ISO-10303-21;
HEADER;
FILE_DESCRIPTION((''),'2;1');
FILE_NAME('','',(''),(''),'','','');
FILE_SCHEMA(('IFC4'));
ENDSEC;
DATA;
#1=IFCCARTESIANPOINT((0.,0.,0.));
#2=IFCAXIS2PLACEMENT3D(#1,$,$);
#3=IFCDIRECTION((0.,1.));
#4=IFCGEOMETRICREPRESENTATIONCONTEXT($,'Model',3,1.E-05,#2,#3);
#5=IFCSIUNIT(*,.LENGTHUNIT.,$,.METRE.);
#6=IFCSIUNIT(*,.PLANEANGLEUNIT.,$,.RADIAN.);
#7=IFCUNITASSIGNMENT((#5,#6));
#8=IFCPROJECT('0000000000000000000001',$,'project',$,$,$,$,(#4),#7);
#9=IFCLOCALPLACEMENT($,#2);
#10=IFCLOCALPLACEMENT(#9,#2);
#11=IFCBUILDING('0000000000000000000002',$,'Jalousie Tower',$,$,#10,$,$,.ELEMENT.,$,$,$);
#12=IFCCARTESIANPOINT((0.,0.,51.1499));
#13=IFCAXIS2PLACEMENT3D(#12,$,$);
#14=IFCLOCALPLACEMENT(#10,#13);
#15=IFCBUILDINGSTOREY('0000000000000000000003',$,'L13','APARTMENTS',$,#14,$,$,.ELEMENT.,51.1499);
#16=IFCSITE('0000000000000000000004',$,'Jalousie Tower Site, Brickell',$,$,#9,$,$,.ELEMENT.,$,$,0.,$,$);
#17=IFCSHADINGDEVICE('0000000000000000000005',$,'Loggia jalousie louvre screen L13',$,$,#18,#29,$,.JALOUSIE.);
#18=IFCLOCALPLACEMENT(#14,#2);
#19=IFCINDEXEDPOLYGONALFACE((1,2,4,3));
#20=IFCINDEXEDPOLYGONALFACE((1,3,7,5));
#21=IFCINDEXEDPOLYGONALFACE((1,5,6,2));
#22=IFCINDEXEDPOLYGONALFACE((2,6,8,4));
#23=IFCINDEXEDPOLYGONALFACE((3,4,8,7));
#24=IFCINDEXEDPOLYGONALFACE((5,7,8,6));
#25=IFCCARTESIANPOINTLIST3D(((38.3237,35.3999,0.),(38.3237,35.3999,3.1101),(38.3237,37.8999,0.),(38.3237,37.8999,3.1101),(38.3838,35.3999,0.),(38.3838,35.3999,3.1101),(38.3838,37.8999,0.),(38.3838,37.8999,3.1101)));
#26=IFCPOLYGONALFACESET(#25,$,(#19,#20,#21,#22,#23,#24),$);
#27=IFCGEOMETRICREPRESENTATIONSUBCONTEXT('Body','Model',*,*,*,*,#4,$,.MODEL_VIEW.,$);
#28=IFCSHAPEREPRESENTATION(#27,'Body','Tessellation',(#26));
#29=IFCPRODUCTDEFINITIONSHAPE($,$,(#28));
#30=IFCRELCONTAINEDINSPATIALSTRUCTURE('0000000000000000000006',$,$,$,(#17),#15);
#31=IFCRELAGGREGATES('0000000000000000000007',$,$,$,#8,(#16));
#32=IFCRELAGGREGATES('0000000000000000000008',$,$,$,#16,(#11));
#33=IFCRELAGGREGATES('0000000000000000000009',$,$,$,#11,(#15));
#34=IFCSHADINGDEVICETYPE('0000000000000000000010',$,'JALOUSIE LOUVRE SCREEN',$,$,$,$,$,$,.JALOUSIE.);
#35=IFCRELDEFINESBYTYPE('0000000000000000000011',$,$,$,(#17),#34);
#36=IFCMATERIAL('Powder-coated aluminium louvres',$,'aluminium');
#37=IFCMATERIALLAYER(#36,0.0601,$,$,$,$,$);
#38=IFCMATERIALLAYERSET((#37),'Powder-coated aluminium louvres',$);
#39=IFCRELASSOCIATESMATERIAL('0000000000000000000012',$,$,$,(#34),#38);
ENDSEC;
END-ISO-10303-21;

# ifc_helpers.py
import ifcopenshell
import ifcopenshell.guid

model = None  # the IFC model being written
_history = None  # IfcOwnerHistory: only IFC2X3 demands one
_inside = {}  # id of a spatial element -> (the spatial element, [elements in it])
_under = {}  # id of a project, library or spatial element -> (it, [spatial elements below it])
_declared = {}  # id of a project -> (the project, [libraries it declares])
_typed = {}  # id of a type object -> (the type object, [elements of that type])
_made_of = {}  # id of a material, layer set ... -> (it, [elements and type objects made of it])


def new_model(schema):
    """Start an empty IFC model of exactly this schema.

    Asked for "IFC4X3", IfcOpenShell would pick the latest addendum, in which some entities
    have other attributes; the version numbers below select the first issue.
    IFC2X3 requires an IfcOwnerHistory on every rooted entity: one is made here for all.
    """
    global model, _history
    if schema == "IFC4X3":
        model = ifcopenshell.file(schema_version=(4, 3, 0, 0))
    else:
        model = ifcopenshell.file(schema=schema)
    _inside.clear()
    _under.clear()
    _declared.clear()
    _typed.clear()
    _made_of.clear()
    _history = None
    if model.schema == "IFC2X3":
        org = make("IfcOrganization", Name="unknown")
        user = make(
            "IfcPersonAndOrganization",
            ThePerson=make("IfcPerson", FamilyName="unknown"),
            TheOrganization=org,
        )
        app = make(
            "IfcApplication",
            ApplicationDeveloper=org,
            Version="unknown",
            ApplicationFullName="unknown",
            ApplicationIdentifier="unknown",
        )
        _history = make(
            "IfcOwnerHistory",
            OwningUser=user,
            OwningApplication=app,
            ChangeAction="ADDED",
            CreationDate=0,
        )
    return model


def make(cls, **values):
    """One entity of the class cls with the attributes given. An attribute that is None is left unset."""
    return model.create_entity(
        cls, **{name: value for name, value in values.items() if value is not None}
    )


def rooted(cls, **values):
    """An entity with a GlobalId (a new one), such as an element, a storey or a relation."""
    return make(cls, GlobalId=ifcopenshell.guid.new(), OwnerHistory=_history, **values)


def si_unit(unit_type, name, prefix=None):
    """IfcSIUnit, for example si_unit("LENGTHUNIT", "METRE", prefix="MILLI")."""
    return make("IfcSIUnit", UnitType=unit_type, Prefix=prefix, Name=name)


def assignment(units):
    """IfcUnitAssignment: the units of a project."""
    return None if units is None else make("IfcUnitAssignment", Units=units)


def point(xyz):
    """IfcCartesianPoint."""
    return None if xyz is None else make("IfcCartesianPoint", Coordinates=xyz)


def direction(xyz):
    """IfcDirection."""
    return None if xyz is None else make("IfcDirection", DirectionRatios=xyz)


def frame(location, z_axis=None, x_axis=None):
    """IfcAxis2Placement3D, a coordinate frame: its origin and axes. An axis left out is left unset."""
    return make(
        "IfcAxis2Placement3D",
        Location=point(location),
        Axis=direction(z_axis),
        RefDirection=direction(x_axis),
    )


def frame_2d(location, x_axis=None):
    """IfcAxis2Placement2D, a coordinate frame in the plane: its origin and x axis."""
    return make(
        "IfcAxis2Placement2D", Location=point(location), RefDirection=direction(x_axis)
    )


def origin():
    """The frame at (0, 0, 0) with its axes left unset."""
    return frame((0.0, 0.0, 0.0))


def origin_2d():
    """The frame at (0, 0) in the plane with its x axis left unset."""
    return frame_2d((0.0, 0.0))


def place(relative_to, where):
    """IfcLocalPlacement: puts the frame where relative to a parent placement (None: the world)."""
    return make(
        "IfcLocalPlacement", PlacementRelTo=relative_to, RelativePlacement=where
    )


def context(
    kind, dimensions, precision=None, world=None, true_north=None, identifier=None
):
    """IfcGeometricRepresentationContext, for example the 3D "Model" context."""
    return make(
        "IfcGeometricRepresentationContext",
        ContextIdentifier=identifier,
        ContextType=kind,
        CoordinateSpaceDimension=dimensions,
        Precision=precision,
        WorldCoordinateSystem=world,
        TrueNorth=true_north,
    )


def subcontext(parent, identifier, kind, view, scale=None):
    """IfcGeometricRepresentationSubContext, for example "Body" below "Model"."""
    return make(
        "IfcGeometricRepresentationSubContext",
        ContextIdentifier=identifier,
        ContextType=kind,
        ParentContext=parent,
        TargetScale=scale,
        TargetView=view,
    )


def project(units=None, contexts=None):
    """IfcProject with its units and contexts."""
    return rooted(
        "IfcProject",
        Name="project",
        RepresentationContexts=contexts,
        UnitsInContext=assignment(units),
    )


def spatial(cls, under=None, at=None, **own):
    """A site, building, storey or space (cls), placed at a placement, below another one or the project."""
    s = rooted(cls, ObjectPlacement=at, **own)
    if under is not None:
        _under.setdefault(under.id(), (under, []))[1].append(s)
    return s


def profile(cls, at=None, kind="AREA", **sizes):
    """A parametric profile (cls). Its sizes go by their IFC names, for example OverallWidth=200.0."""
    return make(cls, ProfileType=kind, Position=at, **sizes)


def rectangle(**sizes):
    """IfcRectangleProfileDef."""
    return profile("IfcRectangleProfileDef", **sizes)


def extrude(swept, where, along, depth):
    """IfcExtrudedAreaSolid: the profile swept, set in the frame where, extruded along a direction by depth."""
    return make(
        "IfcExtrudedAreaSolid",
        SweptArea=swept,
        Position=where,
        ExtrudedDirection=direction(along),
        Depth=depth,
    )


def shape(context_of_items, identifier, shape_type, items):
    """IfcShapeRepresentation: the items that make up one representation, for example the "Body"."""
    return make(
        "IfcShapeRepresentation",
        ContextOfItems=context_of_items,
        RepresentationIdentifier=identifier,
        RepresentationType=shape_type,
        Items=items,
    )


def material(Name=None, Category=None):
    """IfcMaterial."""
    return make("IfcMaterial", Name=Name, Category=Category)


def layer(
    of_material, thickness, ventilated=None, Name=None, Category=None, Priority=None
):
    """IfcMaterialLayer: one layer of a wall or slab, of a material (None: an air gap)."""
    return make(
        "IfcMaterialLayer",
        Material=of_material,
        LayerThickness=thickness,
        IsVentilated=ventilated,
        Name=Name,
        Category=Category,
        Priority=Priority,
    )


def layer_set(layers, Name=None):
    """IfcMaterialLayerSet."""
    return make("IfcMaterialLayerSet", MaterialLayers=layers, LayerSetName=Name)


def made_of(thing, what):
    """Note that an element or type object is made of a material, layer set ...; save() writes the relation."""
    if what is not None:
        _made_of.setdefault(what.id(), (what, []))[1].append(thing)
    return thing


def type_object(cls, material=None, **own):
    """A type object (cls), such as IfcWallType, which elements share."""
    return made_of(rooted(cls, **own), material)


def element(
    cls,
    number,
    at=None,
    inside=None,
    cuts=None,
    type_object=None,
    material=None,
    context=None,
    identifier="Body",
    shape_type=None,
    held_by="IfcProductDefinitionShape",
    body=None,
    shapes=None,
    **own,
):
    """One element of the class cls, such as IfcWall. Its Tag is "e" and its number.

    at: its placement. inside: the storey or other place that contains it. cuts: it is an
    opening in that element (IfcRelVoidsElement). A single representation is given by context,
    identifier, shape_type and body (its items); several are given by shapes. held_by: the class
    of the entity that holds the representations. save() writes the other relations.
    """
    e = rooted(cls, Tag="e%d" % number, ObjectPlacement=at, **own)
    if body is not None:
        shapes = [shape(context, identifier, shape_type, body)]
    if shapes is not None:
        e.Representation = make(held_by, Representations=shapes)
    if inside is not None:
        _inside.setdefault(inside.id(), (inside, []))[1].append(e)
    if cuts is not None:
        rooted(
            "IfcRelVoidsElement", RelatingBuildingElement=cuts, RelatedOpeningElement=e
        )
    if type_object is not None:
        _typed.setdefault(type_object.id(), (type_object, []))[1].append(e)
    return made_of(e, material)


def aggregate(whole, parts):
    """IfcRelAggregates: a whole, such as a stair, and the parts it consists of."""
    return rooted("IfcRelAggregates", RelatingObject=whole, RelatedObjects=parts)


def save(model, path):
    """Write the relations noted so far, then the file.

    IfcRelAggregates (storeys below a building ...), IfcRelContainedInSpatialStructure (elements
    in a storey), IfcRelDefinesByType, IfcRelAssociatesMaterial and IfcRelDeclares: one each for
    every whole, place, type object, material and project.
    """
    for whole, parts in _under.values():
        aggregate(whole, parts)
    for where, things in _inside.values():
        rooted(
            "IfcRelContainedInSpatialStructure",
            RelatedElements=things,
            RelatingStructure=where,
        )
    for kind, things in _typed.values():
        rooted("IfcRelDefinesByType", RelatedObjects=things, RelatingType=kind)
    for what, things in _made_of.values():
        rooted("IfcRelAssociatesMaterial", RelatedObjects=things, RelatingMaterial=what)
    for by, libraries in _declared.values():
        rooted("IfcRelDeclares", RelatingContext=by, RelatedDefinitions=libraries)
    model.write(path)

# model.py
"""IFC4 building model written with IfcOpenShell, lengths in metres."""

from ifc_helpers import new_model, si_unit, direction, frame, origin, origin_2d, place, context, subcontext, project, spatial, rectangle, extrude, material, layer, layer_set, type_object, element, save


model = new_model("IFC4")

# Units and contexts
model_context = context("Model", 3, precision=1e-05, world=origin(), true_north=direction((0.0, 1.0)))
body_context = subcontext(model_context, "Body", "Model", "MODEL_VIEW")
ifc_project = project(units=[si_unit("LENGTHUNIT", "METRE"), si_unit("PLANEANGLEUNIT", "RADIAN")], contexts=[model_context])

# Site, building, storey
site_placement = place(None, origin())
site = spatial("IfcSite", under=ifc_project, at=site_placement, Name="Jalousie Tower Site, Brickell", CompositionType="ELEMENT", RefElevation=0.0)
building_placement = place(site_placement, origin())
building = spatial("IfcBuilding", under=site, at=building_placement, Name="Jalousie Tower", CompositionType="ELEMENT")
storey_placement = place(building_placement, frame((0.0, 0.0, 51.1499)))
storey = spatial("IfcBuildingStorey", under=building, at=storey_placement, Name="L13", Description="APARTMENTS", CompositionType="ELEMENT", Elevation=51.1499)

# Shading device
ifc_material_1 = material(Name="Powder-coated aluminium louvres", Category="aluminium")
ifc_layer_1 = layer(ifc_material_1, 0.0601)
ifc_layer_set_1 = layer_set([ifc_layer_1], Name="Powder-coated aluminium louvres")
shading_device_type_1 = type_object("IfcShadingDeviceType", Name="JALOUSIE LOUVRE SCREEN", PredefinedType="JALOUSIE", material=ifc_layer_set_1)
for number, where, z_axis, x_axis, name in (
    (1, (38.3538, 36.6499, 0.0), (0.0, 0.0, 1.0), (-1.0, 0.0, 0.0), "Loggia jalousie louvre screen L13"),
):
    element("IfcShadingDevice", number, at=place(storey_placement, frame(where, z_axis=z_axis, x_axis=x_axis)), inside=storey, type_object=shading_device_type_1, Name=name, PredefinedType="JALOUSIE", context=body_context, shape_type="SweptSolid", body=[
        extrude(rectangle(XDim=0.0601, YDim=2.5, at=origin_2d()), origin(), (0.0, 0.0, 1.0), 3.1101),
    ])

save(model, "model.ifc")
